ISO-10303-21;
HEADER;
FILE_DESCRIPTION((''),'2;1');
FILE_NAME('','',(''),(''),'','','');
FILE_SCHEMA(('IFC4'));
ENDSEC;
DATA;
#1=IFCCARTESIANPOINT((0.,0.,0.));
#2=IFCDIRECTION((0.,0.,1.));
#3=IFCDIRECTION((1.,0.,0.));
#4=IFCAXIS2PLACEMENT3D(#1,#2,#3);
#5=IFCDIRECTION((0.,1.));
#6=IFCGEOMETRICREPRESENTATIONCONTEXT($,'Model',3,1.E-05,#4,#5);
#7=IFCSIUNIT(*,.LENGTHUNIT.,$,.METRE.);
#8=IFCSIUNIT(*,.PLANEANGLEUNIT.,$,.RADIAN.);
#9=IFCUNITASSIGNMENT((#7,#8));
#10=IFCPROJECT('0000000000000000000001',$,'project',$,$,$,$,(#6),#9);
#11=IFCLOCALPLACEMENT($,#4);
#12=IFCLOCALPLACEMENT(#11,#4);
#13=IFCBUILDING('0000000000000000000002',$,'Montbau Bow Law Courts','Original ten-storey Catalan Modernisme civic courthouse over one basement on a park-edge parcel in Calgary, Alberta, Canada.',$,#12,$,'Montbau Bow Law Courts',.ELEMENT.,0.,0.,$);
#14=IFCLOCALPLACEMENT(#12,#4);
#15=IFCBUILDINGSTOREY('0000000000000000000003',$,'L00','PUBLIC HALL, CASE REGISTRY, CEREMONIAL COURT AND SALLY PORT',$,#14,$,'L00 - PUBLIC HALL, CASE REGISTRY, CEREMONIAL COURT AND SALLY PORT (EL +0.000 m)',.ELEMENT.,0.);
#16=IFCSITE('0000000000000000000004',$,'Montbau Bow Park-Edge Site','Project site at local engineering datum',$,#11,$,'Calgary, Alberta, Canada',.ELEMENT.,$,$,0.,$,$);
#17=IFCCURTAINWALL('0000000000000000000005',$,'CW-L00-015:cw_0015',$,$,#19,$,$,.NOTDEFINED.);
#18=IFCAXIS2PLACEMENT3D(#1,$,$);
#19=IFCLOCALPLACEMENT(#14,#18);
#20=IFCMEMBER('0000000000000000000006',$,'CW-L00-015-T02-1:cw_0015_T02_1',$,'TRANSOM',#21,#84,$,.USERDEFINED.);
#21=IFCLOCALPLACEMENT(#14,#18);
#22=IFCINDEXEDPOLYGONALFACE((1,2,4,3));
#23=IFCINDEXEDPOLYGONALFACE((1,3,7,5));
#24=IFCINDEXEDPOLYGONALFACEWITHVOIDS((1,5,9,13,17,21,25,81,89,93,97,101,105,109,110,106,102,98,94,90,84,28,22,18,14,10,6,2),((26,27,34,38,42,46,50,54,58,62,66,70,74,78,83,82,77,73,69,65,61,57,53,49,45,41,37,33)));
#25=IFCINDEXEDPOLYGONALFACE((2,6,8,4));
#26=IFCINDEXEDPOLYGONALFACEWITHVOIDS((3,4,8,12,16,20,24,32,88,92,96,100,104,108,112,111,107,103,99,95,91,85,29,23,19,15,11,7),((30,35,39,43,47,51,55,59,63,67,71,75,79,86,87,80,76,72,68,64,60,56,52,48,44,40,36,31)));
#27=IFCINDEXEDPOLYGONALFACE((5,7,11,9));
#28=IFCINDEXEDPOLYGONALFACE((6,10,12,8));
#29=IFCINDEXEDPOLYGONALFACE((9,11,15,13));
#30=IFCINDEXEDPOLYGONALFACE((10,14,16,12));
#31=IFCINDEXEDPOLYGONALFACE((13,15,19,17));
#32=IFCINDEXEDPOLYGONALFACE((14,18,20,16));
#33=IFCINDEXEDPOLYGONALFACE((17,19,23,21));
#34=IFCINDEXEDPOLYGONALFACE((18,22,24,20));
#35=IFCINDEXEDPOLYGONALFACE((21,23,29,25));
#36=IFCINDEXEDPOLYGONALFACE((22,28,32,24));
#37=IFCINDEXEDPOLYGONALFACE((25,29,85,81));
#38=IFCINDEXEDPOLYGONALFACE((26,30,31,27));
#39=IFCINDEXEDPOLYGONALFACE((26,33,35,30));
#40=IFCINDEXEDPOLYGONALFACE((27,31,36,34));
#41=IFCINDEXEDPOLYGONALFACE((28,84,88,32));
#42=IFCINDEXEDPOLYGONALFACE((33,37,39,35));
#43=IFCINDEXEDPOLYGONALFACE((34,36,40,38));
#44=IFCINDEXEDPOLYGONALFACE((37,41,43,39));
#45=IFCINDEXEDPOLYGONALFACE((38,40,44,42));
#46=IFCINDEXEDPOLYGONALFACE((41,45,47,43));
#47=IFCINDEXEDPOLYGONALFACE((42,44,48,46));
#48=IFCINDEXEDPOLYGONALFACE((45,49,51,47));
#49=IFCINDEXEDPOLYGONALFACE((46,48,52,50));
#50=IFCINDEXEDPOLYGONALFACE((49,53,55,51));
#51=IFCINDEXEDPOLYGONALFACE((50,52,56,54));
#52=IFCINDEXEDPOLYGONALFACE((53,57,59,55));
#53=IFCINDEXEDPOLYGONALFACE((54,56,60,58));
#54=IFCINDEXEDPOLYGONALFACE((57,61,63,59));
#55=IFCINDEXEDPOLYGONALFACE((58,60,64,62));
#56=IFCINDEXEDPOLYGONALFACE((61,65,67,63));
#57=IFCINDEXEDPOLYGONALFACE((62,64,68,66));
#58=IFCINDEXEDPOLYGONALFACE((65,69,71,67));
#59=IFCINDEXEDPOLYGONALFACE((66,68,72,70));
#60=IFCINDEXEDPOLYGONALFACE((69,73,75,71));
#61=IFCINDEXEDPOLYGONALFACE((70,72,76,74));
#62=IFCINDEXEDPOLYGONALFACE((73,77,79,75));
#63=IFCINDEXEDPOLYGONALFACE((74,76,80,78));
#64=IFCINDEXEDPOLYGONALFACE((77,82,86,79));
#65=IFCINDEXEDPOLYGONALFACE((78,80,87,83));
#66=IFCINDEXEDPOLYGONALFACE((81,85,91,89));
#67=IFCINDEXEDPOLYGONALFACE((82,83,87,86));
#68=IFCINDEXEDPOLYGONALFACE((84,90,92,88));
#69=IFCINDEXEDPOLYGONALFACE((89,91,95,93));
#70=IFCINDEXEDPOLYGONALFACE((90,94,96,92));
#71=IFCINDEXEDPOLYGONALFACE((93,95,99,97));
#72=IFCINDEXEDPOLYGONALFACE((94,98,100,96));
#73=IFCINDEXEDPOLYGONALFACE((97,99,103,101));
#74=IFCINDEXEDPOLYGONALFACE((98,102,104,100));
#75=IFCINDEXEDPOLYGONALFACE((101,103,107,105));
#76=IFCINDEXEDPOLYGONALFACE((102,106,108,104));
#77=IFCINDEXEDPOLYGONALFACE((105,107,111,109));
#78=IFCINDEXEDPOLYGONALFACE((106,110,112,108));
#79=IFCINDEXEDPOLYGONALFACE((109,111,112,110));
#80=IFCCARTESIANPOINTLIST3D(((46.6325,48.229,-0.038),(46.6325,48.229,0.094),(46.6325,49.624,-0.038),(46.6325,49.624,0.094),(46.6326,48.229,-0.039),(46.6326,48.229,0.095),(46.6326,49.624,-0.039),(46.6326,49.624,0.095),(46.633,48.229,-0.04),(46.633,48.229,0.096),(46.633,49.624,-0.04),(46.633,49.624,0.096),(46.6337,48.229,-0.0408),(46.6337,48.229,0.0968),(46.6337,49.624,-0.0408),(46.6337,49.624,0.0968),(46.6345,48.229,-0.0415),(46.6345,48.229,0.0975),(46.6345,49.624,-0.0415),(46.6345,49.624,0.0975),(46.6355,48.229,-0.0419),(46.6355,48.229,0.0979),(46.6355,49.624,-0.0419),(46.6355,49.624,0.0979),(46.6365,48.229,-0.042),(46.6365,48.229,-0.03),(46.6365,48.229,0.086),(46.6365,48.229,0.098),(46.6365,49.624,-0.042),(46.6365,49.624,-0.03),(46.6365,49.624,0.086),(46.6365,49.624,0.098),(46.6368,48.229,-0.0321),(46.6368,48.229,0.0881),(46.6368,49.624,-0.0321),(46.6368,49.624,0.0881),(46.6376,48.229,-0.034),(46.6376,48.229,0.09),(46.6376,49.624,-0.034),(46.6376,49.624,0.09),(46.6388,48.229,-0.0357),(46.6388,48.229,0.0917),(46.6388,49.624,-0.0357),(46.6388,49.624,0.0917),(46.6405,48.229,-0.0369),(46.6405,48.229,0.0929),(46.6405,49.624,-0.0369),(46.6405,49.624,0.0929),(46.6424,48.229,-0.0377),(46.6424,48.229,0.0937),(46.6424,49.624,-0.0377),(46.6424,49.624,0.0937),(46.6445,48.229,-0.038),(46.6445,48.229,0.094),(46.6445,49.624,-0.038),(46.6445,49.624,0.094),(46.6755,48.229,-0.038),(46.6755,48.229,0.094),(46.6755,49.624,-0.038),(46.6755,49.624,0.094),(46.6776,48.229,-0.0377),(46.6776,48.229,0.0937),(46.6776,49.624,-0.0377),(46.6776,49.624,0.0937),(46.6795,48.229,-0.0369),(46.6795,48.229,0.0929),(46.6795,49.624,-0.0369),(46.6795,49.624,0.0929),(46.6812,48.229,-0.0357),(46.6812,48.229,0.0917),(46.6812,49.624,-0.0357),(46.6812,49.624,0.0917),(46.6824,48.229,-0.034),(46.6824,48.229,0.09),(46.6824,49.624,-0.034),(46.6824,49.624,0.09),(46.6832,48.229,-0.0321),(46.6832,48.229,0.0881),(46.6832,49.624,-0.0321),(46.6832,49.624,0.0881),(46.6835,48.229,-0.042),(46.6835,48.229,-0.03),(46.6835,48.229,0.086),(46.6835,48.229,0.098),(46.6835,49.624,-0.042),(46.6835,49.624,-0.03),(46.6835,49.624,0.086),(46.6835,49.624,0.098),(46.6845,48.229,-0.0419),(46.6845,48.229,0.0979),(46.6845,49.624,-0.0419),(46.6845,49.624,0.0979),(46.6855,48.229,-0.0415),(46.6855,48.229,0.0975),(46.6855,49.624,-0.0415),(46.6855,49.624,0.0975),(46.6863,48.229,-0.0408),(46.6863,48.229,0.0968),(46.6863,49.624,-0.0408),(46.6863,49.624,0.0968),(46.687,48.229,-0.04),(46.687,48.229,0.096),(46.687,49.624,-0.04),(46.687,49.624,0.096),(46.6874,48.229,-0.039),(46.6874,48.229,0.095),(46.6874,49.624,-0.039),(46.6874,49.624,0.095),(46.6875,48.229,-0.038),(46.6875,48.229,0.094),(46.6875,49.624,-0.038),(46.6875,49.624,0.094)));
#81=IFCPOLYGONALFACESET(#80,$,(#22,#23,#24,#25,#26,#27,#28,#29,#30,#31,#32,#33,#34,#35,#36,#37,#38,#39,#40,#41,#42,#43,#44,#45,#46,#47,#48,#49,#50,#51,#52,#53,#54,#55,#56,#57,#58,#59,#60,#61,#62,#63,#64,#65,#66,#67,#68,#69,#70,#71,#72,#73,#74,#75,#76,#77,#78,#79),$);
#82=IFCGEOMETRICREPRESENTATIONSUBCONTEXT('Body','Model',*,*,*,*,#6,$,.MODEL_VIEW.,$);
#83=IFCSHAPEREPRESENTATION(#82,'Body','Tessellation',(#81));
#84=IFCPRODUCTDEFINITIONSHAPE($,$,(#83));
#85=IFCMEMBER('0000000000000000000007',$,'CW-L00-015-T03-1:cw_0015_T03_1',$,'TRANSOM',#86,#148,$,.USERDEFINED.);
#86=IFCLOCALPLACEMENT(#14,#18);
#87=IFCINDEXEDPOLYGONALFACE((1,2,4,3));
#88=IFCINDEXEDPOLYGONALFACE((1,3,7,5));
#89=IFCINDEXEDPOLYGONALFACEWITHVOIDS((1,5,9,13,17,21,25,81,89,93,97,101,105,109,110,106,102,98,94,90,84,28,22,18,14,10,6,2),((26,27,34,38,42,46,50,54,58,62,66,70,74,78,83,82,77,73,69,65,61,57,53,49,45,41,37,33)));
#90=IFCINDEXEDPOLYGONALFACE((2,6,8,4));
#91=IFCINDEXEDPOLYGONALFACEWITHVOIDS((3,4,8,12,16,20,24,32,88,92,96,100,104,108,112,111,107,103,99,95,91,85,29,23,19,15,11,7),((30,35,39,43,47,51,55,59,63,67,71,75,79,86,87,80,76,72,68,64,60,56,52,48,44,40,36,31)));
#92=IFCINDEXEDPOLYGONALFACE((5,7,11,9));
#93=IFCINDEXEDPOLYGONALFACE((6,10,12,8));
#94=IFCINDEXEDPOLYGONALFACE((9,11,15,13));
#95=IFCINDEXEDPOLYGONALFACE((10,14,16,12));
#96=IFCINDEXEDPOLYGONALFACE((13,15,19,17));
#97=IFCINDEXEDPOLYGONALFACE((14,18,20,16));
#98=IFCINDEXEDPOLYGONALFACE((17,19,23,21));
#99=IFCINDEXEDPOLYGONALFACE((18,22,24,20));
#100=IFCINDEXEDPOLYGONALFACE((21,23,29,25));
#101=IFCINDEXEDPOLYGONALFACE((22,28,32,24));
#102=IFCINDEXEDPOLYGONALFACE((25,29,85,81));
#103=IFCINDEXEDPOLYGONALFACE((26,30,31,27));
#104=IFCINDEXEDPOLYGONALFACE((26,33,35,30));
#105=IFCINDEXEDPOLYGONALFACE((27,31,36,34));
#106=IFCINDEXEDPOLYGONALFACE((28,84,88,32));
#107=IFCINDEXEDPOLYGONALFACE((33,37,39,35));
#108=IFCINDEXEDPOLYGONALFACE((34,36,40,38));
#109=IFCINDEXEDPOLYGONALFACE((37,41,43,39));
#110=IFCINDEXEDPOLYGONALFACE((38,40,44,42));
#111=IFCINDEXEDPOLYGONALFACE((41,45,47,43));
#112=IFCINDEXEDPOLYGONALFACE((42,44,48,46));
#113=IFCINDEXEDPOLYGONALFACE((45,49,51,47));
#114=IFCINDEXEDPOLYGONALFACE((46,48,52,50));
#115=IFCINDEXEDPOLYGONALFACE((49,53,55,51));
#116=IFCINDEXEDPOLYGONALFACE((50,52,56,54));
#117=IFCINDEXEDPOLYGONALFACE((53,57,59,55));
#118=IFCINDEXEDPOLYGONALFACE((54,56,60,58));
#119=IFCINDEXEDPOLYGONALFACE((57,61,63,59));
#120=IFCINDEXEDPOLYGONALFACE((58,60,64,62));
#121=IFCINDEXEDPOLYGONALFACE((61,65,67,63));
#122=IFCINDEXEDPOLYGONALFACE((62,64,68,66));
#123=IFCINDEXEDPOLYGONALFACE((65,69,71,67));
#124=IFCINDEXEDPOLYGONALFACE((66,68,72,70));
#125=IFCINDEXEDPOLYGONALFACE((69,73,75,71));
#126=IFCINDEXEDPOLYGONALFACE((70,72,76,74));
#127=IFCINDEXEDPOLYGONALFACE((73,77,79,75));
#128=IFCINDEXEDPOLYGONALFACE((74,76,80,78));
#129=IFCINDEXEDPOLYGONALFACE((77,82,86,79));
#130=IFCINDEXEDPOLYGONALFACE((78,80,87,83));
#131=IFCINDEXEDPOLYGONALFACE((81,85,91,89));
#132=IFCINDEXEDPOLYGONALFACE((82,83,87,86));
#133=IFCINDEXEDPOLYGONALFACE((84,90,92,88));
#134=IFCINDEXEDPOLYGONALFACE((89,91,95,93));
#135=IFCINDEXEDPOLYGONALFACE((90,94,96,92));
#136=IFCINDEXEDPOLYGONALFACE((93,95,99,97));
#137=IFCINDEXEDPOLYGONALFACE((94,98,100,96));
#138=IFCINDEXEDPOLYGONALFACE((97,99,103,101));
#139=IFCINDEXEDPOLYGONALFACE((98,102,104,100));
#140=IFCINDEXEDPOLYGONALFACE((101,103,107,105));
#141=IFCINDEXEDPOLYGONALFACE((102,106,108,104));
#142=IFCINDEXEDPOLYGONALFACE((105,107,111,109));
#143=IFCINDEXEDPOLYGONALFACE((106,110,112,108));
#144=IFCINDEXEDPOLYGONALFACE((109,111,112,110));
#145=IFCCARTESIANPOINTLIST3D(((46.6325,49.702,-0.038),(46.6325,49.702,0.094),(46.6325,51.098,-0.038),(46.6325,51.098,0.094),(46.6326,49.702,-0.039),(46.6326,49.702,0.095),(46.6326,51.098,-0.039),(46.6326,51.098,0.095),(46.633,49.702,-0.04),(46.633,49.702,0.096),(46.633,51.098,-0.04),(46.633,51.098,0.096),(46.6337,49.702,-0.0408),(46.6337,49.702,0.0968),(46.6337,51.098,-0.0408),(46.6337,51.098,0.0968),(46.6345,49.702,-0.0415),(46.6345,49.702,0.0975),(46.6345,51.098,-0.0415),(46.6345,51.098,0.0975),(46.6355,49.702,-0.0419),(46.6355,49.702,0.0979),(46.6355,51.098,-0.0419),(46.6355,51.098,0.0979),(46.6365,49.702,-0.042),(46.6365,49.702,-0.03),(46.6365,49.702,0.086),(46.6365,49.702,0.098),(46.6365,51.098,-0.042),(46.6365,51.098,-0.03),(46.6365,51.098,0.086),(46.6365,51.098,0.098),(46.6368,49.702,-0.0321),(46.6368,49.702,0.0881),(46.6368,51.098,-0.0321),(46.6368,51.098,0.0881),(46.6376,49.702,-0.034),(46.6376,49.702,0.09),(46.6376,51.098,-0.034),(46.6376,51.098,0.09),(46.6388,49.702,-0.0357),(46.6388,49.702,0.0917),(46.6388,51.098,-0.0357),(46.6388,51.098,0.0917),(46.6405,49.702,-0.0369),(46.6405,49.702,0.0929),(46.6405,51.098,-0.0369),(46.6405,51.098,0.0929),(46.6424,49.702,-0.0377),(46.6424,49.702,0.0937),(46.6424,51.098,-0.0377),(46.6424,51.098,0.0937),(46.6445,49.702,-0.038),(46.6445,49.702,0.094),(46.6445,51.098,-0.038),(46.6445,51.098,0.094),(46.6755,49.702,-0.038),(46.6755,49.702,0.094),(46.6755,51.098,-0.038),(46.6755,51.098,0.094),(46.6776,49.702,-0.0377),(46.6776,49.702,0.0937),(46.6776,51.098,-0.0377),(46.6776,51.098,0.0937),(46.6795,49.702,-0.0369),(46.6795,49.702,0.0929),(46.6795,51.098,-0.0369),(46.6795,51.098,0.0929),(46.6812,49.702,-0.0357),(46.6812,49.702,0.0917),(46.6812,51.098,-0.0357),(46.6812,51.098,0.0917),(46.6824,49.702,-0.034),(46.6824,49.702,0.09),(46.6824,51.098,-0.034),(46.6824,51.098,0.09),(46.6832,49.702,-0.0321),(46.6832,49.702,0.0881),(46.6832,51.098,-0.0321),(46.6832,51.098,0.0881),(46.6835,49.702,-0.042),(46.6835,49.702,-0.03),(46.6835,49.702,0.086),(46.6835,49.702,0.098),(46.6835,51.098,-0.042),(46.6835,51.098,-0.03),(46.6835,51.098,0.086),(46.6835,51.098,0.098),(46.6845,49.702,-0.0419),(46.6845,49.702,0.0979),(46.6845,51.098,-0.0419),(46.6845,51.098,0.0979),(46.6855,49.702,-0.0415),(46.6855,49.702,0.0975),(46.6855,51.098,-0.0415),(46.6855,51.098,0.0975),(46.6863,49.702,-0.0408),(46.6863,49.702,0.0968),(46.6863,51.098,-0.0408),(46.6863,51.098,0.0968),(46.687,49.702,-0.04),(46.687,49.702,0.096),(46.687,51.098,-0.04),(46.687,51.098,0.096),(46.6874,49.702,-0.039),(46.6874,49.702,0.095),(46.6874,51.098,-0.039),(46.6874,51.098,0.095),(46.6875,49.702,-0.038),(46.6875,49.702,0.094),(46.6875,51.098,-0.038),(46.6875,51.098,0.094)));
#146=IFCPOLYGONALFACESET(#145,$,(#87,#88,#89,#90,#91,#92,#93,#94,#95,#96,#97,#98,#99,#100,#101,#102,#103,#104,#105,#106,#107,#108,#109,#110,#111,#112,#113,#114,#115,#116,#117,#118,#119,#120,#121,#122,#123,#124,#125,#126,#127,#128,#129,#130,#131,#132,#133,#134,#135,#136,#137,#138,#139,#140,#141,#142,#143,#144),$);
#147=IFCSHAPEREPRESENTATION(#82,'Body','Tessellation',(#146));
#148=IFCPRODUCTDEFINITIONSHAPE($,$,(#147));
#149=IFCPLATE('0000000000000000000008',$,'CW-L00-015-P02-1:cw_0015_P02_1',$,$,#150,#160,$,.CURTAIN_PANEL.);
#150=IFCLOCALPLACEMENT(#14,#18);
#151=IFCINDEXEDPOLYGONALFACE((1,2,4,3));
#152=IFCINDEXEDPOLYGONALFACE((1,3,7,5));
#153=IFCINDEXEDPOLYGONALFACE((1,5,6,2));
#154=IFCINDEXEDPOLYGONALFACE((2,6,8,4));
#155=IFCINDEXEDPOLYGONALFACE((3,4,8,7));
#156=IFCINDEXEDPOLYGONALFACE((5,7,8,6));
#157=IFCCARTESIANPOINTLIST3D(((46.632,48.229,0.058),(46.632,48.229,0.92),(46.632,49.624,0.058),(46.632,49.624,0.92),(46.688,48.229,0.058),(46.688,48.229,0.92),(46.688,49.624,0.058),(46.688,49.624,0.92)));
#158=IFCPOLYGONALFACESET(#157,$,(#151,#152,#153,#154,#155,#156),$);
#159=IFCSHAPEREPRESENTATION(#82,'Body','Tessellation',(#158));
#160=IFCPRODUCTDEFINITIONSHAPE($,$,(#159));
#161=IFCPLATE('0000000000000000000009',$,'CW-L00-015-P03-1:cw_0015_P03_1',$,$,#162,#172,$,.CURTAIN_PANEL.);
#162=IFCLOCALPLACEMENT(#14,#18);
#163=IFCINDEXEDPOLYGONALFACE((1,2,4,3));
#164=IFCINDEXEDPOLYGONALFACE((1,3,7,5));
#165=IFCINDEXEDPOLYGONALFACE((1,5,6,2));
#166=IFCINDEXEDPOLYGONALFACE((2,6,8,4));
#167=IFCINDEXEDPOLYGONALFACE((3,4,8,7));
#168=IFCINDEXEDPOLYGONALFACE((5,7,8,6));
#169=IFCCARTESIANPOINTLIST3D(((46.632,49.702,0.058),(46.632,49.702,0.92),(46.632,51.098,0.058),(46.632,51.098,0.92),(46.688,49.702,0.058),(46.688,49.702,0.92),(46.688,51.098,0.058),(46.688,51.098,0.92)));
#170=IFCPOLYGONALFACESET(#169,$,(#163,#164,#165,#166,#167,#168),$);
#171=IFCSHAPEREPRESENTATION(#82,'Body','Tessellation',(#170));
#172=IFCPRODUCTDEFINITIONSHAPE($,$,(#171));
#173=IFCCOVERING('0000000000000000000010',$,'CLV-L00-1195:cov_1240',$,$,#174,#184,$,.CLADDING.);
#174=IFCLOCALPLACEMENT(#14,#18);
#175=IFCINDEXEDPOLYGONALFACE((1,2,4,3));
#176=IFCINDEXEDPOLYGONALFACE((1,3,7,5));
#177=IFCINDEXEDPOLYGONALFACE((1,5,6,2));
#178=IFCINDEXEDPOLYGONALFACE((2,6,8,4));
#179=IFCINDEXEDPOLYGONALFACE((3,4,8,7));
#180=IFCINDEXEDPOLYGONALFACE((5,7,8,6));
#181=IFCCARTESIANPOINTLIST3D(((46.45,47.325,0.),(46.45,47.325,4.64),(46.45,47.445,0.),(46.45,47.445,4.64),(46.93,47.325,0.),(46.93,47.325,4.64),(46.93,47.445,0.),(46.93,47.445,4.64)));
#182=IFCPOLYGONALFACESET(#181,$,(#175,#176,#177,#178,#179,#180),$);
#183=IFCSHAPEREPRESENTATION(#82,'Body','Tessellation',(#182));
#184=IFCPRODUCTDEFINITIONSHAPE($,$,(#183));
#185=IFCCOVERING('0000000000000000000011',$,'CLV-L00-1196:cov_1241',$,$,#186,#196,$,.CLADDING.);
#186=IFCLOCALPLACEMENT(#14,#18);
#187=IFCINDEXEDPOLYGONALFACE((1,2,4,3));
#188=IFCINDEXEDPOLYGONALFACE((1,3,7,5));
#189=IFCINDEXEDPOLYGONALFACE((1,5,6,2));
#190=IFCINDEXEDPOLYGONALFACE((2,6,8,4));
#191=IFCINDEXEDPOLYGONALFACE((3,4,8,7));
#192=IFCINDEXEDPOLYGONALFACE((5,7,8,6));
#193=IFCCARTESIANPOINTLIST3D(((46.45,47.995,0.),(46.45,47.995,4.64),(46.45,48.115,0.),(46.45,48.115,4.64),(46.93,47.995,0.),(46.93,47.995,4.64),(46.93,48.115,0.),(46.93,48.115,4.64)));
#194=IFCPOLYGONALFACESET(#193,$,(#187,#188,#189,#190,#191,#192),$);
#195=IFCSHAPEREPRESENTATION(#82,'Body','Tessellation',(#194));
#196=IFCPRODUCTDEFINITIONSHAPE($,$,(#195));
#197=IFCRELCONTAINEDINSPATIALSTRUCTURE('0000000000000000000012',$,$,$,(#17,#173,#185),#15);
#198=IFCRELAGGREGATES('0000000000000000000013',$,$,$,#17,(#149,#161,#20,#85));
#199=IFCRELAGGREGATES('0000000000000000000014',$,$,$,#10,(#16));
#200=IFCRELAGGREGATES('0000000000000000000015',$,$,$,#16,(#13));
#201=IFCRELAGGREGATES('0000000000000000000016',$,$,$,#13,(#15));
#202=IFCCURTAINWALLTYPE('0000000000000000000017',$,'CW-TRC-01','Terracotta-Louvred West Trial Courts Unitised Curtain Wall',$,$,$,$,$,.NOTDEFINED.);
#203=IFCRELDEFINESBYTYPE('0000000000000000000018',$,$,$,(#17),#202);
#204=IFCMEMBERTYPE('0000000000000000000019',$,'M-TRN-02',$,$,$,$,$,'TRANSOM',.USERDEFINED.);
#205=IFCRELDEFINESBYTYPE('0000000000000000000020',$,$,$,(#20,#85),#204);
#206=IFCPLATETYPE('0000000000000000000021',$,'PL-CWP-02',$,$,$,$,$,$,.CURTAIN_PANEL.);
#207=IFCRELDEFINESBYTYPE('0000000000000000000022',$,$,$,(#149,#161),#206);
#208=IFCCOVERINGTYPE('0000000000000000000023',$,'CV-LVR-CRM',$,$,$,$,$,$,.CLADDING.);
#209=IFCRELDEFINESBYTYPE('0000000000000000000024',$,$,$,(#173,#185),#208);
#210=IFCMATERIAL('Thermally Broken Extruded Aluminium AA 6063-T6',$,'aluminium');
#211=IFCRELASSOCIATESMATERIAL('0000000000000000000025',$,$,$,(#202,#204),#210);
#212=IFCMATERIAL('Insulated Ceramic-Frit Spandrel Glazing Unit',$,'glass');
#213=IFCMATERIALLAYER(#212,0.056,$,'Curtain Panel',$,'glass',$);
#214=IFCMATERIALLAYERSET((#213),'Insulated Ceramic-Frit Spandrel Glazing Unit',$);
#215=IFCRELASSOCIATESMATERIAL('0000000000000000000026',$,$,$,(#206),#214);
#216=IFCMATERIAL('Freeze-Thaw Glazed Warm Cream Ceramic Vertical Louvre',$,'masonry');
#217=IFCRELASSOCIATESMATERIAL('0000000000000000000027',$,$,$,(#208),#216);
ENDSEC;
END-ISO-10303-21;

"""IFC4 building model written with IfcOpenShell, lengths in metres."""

from ifc_helpers import new_model, si_unit, direction, frame, frame_2d, origin_with_axes, origin_2d_with_axis, place, context, subcontext, project, spatial, rectangle, hollow_rectangle, extrude, material, layer, layer_set, material_profile, profile_set, type_object, element, aggregate, save


model = new_model("IFC4")

# Units and contexts
model_context = context("Model", 3, precision=1e-05, world=origin_with_axes(), true_north=direction((0.0, 1.0)))
body_context = subcontext(model_context, "Body", "Model", "MODEL_VIEW")
ifc_project = project(units=[si_unit("LENGTHUNIT", "METRE"), si_unit("PLANEANGLEUNIT", "RADIAN")], contexts=[model_context])

# Site, building, storey
site_placement = place(None, origin_with_axes())
site = spatial("IfcSite", under=ifc_project, at=site_placement, Name="Montbau Bow Park-Edge Site", Description="Project site at local engineering datum", LongName="Calgary, Alberta, Canada", CompositionType="ELEMENT", RefElevation=0.0)
building_placement = place(site_placement, origin_with_axes())
building = spatial("IfcBuilding", under=site, at=building_placement, Name="Montbau Bow Law Courts", Description="Original ten-storey Catalan Modernisme civic courthouse over one basement on a park-edge parcel in Calgary, Alberta, Canada.", LongName="Montbau Bow Law Courts", CompositionType="ELEMENT", ElevationOfRefHeight=0.0, ElevationOfTerrain=0.0)
storey_placement = place(building_placement, origin_with_axes())
storey = spatial("IfcBuildingStorey", under=building, at=storey_placement, Name="L00", Description="PUBLIC HALL, CASE REGISTRY, CEREMONIAL COURT AND SALLY PORT", LongName="L00 - PUBLIC HALL, CASE REGISTRY, CEREMONIAL COURT AND SALLY PORT (EL +0.000 m)", CompositionType="ELEMENT", Elevation=0.0)

# Curtain wall
ifc_material_1 = material(Name="Thermally Broken Extruded Aluminium AA 6063-T6", Category="aluminium")
curtain_wall_type_1 = type_object("IfcCurtainWallType", Name="CW-TRC-01", Description="Terracotta-Louvred West Trial Courts Unitised Curtain Wall", PredefinedType="NOTDEFINED", material=ifc_material_1)
curtain_wall_1_placement = place(None, frame((46.66, 46.715, 0.0), z_axis=(0.0, 0.0, 1.0), x_axis=(1.0, 0.0, 0.0)))
curtain_wall_1 = element("IfcCurtainWall", 1, at=curtain_wall_1_placement, inside=storey, type_object=curtain_wall_type_1, Name="CW-L00-015:cw_0015", PredefinedType="NOTDEFINED")

# Members
ifc_material_profile_1 = material_profile(ifc_material_1, hollow_rectangle(XDim=0.055, YDim=0.14, WallThickness=0.004, InnerFilletRadius=0.008, OuterFilletRadius=0.004, at=origin_2d_with_axis()), Name="CWT-140X55", Category="Main", Priority=0)
ifc_profile_set_1 = profile_set([ifc_material_profile_1], Name="Thermally Broken Extruded Aluminium AA 6063-T6")
member_type_1 = type_object("IfcMemberType", Name="M-TRN-02", ElementType="TRANSOM", PredefinedType="USERDEFINED", material=ifc_profile_set_1)
member_1_placement = place(None, frame((46.66, 48.229, 0.028), z_axis=(0.0, 1.0, 0.0), x_axis=(-1.0, 0.0, 0.0)))
member_1 = element("IfcMember", 2, at=member_1_placement, type_object=member_type_1, Name="CW-L00-015-T02-1:cw_0015_T02_1", ObjectType="TRANSOM", PredefinedType="USERDEFINED", context=body_context, shape_type="SweptSolid", body=[
    extrude(hollow_rectangle(XDim=0.055, YDim=0.14, WallThickness=0.004, InnerFilletRadius=0.008, OuterFilletRadius=0.004, at=origin_2d_with_axis()), origin_with_axes(), (0.0, 0.0, 1.0), 1.395),
])
member_2_placement = place(None, frame((46.66, 49.702, 0.028), z_axis=(0.0, 1.0, 0.0), x_axis=(-1.0, 0.0, 0.0)))
member_2 = element("IfcMember", 3, at=member_2_placement, type_object=member_type_1, Name="CW-L00-015-T03-1:cw_0015_T03_1", ObjectType="TRANSOM", PredefinedType="USERDEFINED", context=body_context, shape_type="SweptSolid", body=[
    extrude(hollow_rectangle(XDim=0.055, YDim=0.14, WallThickness=0.004, InnerFilletRadius=0.008, OuterFilletRadius=0.004, at=origin_2d_with_axis()), origin_with_axes(), (0.0, 0.0, 1.0), 1.396),
])

# Plates
ifc_material_2 = material(Name="Insulated Ceramic-Frit Spandrel Glazing Unit", Category="glass")
ifc_layer = layer(ifc_material_2, 0.056, Name="Curtain Panel", Category="glass")
ifc_layer_set = layer_set([ifc_layer], Name="Insulated Ceramic-Frit Spandrel Glazing Unit")
plate_type = type_object("IfcPlateType", Name="PL-CWP-02", PredefinedType="CURTAIN_PANEL", material=ifc_layer_set)
plate_1_placement = place(None, frame((46.66, 48.229, 0.058), z_axis=(1.0, 0.0, 0.0), x_axis=(0.0, 1.0, 0.0)))
plate_1 = element("IfcPlate", 4, at=plate_1_placement, type_object=plate_type, Name="CW-L00-015-P02-1:cw_0015_P02_1", PredefinedType="CURTAIN_PANEL", context=body_context, shape_type="SweptSolid", body=[
    extrude(rectangle(XDim=1.395, YDim=0.862, at=frame_2d((0.6975, 0.431), x_axis=(1.0, 0.0))), frame((0.0, 0.0, -0.028), z_axis=(0.0, 0.0, 1.0), x_axis=(1.0, 0.0, 0.0)), (0.0, 0.0, 1.0), 0.056),
])
plate_2_placement = place(None, frame((46.66, 49.702, 0.058), z_axis=(1.0, 0.0, 0.0), x_axis=(0.0, 1.0, 0.0)))
plate_2 = element("IfcPlate", 5, at=plate_2_placement, type_object=plate_type, Name="CW-L00-015-P03-1:cw_0015_P03_1", PredefinedType="CURTAIN_PANEL", context=body_context, shape_type="SweptSolid", body=[
    extrude(rectangle(XDim=1.396, YDim=0.862, at=frame_2d((0.698, 0.431), x_axis=(1.0, 0.0))), frame((0.0, 0.0, -0.028), z_axis=(0.0, 0.0, 1.0), x_axis=(1.0, 0.0, 0.0)), (0.0, 0.0, 1.0), 0.056),
])
aggregate(curtain_wall_1, [plate_1, plate_2, member_1, member_2])

# Coverings
ifc_material_3 = material(Name="Freeze-Thaw Glazed Warm Cream Ceramic Vertical Louvre", Category="masonry")
covering_type_1 = type_object("IfcCoveringType", Name="CV-LVR-CRM", PredefinedType="CLADDING", material=ifc_material_3)
for number, where, z_axis, x_axis, name in (
    (6, (46.93, 47.385, 0.0), (0.0, 1.0, 0.0), (-1.0, 0.0, 0.0), "CLV-L00-1195:cov_1240"),
    (7, (46.93, 48.055, 0.0), (0.0, 1.0, 0.0), (-1.0, 0.0, 0.0), "CLV-L00-1196:cov_1241"),
):
    element("IfcCovering", number, at=place(None, frame(where, z_axis=z_axis, x_axis=x_axis)), inside=storey, type_object=covering_type_1, Name=name, PredefinedType="CLADDING", context=body_context, shape_type="SweptSolid", body=[
        extrude(rectangle(XDim=0.48, YDim=4.64, at=frame_2d((0.24, 2.32), x_axis=(1.0, 0.0))), frame((0.0, 0.0, -0.06), z_axis=(0.0, 0.0, 1.0), x_axis=(1.0, 0.0, 0.0)), (0.0, 0.0, 1.0), 0.12),
    ])

save(model, "model.ifc")
